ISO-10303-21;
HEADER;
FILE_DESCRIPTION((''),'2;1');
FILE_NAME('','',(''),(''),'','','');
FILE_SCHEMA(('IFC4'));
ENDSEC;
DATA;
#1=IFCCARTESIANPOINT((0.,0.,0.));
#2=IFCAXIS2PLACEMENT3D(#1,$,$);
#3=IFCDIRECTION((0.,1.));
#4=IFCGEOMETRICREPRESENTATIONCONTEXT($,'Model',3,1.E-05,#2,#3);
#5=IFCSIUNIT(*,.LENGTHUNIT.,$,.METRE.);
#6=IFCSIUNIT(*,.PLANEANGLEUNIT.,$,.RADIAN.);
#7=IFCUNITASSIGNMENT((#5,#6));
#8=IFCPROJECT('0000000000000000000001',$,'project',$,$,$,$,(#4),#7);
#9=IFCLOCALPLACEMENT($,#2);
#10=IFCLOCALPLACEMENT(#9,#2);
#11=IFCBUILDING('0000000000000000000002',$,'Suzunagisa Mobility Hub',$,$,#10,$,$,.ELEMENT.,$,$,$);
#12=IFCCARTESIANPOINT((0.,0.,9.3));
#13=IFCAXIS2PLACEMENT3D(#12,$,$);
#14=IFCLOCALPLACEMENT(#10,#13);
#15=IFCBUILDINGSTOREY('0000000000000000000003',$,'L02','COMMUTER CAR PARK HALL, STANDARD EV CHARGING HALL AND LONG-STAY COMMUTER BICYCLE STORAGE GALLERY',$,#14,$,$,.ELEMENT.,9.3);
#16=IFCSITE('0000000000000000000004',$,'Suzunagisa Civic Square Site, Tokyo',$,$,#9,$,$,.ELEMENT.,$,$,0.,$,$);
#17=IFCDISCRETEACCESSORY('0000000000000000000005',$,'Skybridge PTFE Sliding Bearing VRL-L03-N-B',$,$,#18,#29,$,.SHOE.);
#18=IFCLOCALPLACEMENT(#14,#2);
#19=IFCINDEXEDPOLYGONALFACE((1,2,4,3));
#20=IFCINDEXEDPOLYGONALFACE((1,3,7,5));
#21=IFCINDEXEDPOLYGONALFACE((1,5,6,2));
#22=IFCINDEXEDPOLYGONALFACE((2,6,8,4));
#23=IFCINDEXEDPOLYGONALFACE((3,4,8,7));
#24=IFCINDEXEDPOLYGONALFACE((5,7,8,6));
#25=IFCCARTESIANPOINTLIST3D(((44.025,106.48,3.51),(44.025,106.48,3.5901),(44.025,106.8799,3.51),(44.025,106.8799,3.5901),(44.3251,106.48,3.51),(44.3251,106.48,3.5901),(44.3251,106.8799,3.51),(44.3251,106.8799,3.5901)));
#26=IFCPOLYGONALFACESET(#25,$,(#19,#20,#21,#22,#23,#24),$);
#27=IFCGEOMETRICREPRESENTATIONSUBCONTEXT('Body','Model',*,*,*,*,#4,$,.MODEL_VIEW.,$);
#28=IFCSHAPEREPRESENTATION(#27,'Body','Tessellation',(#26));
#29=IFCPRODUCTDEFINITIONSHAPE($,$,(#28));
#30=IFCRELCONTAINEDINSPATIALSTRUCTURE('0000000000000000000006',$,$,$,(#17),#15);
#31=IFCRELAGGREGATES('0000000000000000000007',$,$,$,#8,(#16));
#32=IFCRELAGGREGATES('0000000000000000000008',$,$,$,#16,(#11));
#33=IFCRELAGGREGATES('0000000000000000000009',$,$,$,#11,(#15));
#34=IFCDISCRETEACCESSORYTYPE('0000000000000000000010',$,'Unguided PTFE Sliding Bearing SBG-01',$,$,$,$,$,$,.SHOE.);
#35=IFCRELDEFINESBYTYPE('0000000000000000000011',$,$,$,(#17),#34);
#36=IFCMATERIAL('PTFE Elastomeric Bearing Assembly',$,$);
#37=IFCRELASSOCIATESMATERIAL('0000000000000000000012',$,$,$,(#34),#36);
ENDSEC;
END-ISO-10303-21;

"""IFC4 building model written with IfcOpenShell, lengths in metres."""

from ifc_helpers import new_model, si_unit, direction, frame, origin, origin_2d, place, context, subcontext, project, spatial, rectangle, extrude, material, type_object, element, save


model = new_model("IFC4")

# Units and contexts
model_context = context("Model", 3, precision=1e-05, world=origin(), true_north=direction((0.0, 1.0)))
body_context = subcontext(model_context, "Body", "Model", "MODEL_VIEW")
ifc_project = project(units=[si_unit("LENGTHUNIT", "METRE"), si_unit("PLANEANGLEUNIT", "RADIAN")], contexts=[model_context])

# Site, building, storey
site_placement = place(None, origin())
site = spatial("IfcSite", under=ifc_project, at=site_placement, Name="Suzunagisa Civic Square Site, Tokyo", CompositionType="ELEMENT", RefElevation=0.0)
building_placement = place(site_placement, origin())
building = spatial("IfcBuilding", under=site, at=building_placement, Name="Suzunagisa Mobility Hub", CompositionType="ELEMENT")
storey_placement = place(building_placement, frame((0.0, 0.0, 9.3)))
storey = spatial("IfcBuildingStorey", under=building, at=storey_placement, Name="L02", Description="COMMUTER CAR PARK HALL, STANDARD EV CHARGING HALL AND LONG-STAY COMMUTER BICYCLE STORAGE GALLERY", CompositionType="ELEMENT", Elevation=9.3)

# Discrete accessory
ifc_material_1 = material(Name="PTFE Elastomeric Bearing Assembly")
discrete_accessory_type = type_object("IfcDiscreteAccessoryType", Name="Unguided PTFE Sliding Bearing SBG-01", PredefinedType="SHOE", material=ifc_material_1)
discrete_accessory_placement = place(storey_placement, frame((44.175, 106.6799, 3.51), z_axis=(0.0, 0.0, 1.0), x_axis=(1.0, 0.0, 0.0)))
element("IfcDiscreteAccessory", 1, at=discrete_accessory_placement, inside=storey, type_object=discrete_accessory_type, Name="Skybridge PTFE Sliding Bearing VRL-L03-N-B", PredefinedType="SHOE", context=body_context, shape_type="SweptSolid", body=[
    extrude(rectangle(XDim=0.3, YDim=0.3999, at=origin_2d()), origin(), (0.0, 0.0, 1.0), 0.0801),
])

save(model, "model.ifc")
